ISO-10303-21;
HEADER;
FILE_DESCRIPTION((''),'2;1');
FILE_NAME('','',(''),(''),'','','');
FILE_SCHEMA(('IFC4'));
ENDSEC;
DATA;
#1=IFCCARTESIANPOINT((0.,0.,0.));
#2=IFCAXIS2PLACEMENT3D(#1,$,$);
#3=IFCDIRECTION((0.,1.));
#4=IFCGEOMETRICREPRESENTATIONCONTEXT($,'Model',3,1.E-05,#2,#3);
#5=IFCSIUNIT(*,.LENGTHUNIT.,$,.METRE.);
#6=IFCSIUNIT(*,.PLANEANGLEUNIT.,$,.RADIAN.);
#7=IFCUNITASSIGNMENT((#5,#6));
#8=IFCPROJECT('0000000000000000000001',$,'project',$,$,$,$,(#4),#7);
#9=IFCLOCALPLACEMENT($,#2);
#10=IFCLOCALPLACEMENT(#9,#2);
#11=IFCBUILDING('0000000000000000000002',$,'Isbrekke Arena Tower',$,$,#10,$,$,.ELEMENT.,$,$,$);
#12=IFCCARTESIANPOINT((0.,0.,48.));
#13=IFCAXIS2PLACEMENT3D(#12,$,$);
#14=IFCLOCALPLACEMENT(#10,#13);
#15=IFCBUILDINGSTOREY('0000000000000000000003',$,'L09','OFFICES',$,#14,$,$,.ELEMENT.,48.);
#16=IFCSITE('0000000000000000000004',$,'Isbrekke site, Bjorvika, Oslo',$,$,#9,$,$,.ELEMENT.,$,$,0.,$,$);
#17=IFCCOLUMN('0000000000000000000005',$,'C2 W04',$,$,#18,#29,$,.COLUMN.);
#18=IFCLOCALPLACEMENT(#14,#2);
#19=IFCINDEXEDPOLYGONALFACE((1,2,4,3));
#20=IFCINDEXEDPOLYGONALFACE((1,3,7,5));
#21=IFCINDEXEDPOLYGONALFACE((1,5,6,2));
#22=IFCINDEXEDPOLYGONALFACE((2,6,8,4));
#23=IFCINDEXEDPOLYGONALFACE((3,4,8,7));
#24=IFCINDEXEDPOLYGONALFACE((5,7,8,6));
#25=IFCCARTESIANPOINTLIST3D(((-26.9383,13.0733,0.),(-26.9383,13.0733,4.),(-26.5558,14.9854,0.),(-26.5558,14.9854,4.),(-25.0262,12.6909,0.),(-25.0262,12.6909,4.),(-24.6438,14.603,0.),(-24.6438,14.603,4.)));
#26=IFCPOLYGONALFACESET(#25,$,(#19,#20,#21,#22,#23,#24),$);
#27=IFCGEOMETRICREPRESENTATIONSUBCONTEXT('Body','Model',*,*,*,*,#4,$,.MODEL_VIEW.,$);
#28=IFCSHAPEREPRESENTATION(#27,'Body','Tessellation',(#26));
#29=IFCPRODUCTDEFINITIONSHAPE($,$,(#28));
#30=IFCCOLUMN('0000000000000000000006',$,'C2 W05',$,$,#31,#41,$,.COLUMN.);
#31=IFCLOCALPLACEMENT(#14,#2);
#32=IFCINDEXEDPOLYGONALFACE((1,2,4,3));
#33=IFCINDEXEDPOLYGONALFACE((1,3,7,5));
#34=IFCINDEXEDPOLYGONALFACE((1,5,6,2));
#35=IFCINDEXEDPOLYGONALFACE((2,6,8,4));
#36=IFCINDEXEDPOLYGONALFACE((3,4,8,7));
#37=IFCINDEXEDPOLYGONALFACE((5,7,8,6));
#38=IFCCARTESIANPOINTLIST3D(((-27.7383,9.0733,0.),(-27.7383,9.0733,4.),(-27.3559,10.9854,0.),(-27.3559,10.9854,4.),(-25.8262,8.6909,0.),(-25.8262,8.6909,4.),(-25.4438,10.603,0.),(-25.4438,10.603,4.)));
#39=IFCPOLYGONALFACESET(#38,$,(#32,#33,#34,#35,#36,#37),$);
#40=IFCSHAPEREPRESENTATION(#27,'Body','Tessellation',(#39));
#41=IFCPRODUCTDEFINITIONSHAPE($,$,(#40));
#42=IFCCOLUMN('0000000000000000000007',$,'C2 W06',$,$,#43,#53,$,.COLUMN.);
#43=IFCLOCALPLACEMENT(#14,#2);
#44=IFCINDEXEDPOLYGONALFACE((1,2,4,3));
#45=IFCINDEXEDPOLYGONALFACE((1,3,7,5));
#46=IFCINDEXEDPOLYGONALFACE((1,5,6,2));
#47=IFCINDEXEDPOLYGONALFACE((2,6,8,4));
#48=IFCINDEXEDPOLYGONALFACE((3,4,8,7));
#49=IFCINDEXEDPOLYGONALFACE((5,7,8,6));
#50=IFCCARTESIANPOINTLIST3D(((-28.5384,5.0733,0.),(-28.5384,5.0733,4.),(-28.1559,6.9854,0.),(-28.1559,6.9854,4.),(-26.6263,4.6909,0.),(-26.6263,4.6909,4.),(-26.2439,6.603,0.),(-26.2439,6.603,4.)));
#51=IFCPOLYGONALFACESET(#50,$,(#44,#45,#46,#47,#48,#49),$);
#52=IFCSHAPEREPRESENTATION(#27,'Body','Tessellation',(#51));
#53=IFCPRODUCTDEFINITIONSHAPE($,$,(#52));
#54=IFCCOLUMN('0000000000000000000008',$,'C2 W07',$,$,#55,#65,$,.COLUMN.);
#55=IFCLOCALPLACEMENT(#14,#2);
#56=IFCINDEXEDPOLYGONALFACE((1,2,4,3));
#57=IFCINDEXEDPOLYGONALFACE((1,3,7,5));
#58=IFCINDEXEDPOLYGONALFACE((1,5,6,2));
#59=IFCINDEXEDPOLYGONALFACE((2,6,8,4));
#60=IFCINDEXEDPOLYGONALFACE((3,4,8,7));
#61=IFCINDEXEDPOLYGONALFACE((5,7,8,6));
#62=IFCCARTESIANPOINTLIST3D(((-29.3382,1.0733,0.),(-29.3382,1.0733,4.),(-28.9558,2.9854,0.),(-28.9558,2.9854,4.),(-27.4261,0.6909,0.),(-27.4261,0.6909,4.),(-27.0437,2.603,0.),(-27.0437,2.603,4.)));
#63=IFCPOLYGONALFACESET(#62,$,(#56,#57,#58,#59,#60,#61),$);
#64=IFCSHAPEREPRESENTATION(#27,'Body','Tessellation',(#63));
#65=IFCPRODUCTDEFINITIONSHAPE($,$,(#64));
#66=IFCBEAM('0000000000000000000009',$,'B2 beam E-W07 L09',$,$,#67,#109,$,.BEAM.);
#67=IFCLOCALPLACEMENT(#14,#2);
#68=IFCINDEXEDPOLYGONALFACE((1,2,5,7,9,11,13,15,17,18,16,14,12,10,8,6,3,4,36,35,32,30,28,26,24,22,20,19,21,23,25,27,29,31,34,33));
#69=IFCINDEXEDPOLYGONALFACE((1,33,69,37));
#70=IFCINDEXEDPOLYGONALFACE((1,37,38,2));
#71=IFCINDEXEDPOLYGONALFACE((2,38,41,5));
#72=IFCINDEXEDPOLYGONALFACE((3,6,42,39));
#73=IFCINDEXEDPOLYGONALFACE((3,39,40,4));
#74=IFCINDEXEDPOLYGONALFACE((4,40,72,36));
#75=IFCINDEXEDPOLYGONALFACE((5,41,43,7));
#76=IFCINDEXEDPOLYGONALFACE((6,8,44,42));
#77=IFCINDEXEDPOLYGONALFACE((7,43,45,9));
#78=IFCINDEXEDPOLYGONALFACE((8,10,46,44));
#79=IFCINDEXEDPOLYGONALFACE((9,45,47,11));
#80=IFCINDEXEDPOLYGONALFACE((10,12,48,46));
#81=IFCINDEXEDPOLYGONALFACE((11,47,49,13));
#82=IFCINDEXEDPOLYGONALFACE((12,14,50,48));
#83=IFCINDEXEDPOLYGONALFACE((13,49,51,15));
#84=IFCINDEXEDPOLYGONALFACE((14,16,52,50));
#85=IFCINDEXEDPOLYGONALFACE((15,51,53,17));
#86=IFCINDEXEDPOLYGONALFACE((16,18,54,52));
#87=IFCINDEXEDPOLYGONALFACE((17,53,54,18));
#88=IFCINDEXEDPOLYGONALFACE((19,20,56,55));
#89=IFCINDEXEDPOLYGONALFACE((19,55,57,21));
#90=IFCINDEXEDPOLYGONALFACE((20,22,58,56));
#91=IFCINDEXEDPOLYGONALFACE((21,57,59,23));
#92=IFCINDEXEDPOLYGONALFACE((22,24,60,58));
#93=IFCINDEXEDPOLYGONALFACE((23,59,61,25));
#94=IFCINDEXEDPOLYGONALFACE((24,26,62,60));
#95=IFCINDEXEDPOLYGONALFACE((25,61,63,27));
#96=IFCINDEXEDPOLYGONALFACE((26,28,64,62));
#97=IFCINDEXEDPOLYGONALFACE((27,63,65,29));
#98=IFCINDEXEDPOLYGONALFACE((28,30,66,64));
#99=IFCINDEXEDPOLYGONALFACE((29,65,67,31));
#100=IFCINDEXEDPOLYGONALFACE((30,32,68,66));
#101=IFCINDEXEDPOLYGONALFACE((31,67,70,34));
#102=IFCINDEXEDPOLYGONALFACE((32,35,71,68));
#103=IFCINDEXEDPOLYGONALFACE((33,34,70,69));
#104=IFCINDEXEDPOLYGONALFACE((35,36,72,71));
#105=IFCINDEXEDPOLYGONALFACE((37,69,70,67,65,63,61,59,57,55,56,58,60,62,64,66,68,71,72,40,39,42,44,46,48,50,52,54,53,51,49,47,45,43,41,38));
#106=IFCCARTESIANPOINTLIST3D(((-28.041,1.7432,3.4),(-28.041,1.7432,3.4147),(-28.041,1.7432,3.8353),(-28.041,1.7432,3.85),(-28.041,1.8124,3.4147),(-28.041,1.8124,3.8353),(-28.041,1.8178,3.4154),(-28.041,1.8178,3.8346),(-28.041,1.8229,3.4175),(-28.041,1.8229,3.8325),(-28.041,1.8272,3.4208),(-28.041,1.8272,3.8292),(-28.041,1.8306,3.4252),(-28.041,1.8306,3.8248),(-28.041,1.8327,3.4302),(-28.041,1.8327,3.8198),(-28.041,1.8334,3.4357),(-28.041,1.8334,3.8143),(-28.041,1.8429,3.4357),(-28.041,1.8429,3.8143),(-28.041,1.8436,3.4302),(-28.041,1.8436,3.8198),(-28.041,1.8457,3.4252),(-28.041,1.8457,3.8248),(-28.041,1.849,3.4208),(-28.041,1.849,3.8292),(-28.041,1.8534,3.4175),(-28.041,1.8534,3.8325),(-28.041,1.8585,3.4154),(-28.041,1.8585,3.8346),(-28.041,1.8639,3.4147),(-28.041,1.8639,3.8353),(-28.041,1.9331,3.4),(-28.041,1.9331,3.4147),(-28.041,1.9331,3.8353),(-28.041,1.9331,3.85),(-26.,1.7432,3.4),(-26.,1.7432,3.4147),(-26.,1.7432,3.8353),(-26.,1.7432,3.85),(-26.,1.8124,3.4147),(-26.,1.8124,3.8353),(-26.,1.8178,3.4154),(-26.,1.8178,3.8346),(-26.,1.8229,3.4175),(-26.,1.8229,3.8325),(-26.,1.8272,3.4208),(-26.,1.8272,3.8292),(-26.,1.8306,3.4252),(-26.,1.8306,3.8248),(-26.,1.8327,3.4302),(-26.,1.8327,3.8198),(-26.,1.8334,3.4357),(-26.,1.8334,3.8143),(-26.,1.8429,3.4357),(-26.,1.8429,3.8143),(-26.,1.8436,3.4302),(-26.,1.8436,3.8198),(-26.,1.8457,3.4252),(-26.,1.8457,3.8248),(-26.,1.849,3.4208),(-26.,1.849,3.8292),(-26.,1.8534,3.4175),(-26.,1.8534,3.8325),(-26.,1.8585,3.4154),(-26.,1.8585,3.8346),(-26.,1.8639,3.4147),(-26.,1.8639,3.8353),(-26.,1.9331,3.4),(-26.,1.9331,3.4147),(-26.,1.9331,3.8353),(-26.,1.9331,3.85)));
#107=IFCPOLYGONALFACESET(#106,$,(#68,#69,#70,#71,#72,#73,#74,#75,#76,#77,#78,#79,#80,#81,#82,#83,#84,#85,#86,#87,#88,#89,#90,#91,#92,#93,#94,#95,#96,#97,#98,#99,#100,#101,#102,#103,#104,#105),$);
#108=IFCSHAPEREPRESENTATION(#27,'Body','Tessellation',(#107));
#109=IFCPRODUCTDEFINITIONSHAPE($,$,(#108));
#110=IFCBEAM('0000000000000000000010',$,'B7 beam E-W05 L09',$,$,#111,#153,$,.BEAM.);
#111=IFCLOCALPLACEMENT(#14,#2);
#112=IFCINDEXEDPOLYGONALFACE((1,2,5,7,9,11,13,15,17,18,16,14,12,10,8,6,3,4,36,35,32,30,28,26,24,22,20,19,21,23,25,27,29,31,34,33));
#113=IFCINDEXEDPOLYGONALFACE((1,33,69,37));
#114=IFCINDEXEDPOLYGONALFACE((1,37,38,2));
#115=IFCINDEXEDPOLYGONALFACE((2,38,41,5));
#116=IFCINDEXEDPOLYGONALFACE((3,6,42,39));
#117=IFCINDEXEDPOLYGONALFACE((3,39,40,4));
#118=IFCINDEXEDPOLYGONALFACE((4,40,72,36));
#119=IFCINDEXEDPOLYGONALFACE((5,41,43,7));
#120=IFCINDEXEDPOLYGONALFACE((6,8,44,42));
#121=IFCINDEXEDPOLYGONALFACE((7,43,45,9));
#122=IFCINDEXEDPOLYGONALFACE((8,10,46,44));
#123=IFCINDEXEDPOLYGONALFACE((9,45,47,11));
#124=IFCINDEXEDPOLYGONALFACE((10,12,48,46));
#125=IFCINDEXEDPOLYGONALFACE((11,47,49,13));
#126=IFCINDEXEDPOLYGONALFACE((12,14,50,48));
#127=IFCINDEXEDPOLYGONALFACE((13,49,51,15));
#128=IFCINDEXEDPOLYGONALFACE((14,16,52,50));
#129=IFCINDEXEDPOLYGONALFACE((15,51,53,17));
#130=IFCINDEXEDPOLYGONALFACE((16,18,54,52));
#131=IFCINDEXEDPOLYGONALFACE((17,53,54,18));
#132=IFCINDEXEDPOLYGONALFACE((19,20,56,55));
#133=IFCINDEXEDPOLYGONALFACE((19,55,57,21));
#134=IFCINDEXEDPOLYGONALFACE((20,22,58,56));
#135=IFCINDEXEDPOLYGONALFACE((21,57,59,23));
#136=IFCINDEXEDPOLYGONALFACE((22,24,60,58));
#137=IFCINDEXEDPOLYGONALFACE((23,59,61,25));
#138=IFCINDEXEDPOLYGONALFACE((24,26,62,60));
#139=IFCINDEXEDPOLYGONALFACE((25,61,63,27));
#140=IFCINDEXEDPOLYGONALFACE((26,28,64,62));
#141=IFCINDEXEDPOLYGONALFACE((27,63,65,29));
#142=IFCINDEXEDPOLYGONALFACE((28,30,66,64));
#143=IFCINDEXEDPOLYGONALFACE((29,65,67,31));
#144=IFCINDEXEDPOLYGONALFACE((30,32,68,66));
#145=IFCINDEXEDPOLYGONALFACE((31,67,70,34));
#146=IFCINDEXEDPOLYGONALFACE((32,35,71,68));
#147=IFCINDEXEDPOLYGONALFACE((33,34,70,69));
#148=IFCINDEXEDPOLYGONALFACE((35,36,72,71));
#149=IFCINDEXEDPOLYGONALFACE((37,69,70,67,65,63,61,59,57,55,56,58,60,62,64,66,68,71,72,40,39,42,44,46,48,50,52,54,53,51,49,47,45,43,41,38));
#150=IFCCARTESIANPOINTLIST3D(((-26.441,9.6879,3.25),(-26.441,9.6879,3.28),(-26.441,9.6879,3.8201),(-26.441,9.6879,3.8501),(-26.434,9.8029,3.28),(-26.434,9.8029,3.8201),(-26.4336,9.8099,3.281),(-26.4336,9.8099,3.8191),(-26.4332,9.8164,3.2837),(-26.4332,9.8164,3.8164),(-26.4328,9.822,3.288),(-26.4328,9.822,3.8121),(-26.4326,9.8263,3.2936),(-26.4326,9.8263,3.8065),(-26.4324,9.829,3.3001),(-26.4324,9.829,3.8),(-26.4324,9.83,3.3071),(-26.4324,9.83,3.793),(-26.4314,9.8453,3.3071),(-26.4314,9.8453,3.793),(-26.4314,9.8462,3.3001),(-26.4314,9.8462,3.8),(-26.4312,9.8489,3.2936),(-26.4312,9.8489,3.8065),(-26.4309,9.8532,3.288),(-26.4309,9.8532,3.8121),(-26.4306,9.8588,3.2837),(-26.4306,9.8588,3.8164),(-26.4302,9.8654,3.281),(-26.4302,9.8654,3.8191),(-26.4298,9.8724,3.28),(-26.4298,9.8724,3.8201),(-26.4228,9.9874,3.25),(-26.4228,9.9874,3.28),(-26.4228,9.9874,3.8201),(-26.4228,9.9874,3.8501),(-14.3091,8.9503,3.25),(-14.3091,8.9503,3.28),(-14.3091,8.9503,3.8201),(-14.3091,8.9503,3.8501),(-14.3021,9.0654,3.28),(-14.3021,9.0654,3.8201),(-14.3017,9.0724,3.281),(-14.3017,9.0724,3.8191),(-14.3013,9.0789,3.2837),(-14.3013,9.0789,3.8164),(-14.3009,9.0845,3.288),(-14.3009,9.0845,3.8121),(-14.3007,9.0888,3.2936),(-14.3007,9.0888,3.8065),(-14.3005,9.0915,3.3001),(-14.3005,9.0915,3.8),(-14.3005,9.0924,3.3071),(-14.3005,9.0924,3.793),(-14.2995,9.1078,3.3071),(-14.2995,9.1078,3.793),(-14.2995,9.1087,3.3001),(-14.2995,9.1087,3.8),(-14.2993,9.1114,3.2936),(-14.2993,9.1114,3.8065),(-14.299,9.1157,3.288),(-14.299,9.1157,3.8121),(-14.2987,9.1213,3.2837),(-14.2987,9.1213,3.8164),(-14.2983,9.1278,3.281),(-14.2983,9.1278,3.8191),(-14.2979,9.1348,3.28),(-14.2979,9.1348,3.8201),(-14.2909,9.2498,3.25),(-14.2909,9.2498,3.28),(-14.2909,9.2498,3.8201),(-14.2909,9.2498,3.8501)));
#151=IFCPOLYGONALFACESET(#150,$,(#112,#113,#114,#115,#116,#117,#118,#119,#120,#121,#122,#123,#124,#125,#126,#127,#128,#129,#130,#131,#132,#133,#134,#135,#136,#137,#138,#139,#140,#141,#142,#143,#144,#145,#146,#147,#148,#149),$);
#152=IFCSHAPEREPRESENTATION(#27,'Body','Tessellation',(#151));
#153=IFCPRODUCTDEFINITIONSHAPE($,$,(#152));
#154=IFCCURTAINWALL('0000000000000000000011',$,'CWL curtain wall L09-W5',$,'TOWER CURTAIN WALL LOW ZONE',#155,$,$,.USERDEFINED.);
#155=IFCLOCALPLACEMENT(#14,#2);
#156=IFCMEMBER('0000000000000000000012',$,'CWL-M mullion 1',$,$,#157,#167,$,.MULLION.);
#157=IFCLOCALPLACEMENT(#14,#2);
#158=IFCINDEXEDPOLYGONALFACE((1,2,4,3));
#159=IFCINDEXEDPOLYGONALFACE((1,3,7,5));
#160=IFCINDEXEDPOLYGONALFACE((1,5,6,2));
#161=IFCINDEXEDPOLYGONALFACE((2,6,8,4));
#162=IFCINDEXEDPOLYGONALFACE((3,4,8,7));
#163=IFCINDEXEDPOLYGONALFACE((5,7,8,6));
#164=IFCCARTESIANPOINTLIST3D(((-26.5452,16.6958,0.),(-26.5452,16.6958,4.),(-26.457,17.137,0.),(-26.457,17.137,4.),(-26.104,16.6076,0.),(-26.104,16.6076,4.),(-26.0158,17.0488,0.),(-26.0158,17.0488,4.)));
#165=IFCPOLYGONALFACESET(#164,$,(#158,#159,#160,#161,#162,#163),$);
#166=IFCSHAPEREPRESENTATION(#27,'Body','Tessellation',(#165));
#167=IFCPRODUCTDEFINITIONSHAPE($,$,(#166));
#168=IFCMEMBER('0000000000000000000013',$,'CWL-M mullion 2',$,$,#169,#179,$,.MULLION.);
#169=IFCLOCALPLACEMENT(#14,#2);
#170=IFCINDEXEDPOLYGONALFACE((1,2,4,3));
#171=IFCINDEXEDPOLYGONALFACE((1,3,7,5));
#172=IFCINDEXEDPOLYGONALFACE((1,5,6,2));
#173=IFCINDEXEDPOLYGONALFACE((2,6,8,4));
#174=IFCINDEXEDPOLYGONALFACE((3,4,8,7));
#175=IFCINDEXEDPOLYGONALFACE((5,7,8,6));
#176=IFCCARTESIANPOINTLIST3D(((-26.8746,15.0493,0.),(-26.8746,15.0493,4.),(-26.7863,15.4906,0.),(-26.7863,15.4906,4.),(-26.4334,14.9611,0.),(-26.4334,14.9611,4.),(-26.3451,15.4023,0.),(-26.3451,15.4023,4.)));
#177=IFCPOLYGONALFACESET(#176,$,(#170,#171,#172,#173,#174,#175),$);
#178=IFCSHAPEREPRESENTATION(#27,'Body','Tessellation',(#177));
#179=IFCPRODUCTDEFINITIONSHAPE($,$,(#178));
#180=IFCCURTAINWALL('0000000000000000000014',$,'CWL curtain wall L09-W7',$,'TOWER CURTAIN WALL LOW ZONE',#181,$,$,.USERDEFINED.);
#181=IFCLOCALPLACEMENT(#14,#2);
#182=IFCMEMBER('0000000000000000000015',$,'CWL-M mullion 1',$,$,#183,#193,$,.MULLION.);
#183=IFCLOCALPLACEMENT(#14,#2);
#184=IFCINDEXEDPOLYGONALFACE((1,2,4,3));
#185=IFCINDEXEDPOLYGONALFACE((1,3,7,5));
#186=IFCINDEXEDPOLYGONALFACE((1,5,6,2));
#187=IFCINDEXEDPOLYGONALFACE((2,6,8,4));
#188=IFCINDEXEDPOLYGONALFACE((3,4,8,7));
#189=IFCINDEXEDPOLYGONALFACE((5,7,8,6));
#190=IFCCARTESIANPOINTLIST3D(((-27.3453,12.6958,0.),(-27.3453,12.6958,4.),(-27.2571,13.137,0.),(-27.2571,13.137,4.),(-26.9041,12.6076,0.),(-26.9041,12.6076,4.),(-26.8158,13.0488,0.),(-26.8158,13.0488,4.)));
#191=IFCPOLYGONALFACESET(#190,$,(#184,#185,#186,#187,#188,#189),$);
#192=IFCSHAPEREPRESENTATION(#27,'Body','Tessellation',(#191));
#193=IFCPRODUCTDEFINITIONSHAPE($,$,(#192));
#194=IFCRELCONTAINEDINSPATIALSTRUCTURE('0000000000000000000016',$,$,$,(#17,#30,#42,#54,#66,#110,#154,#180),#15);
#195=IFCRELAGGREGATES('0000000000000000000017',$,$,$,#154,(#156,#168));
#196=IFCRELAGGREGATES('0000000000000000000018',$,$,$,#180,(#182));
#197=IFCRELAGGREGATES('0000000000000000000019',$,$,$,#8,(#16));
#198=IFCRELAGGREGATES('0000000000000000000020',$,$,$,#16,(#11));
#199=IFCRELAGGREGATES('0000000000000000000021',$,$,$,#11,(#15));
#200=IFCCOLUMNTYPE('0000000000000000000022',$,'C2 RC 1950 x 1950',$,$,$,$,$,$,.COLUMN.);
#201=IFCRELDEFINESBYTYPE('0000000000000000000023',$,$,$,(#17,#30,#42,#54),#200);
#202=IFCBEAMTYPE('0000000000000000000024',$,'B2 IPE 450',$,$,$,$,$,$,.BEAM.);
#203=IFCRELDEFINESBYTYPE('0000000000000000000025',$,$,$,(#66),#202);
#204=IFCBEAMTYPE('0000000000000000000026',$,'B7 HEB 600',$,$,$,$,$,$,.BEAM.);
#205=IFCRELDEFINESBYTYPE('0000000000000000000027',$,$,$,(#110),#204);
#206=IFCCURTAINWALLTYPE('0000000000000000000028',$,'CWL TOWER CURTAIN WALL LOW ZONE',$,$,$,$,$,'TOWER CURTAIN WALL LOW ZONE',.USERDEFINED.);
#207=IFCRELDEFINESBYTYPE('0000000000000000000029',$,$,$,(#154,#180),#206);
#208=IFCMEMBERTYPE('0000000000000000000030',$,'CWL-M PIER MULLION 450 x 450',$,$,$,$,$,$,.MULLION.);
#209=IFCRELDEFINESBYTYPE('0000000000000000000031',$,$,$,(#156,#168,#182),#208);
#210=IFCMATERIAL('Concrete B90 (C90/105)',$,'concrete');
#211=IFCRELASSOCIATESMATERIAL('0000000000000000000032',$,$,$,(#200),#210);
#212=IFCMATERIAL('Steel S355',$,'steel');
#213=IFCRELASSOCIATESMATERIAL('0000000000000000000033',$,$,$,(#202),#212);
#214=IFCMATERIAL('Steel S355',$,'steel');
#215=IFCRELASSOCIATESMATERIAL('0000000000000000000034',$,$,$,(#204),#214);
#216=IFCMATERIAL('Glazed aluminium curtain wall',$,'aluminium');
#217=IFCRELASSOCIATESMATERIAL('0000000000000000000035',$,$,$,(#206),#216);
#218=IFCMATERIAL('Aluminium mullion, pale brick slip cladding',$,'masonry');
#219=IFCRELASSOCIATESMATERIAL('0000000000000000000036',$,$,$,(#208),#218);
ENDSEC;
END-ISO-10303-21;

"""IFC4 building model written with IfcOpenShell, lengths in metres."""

from ifc_helpers import new_model, si_unit, direction, frame, origin, origin_2d, place, context, subcontext, project, spatial, rectangle, i_section, extrude, material, material_profile, profile_set, type_object, element, aggregate, save


model = new_model("IFC4")

# Units and contexts
model_context = context("Model", 3, precision=1e-05, world=origin(), true_north=direction((0.0, 1.0)))
body_context = subcontext(model_context, "Body", "Model", "MODEL_VIEW")
ifc_project = project(units=[si_unit("LENGTHUNIT", "METRE"), si_unit("PLANEANGLEUNIT", "RADIAN")], contexts=[model_context])

# Site, building, storey
site_placement = place(None, origin())
site = spatial("IfcSite", under=ifc_project, at=site_placement, Name="Isbrekke site, Bjorvika, Oslo", CompositionType="ELEMENT", RefElevation=0.0)
building_placement = place(site_placement, origin())
building = spatial("IfcBuilding", under=site, at=building_placement, Name="Isbrekke Arena Tower", CompositionType="ELEMENT")
storey_placement = place(building_placement, frame((0.0, 0.0, 48.0)))
storey = spatial("IfcBuildingStorey", under=building, at=storey_placement, Name="L09", Description="OFFICES", CompositionType="ELEMENT", Elevation=48.0)

# Columns
ifc_material_1 = material(Name="Concrete B90 (C90/105)", Category="concrete")
ifc_material_profile_1 = material_profile(ifc_material_1, rectangle(XDim=1.95, YDim=1.95, at=origin_2d()), Name="RC 1950x1950")
ifc_profile_set_1 = profile_set([ifc_material_profile_1], Name="Concrete B90 (C90/105)")
column_type = type_object("IfcColumnType", Name="C2 RC 1950 x 1950", PredefinedType="COLUMN", material=ifc_profile_set_1)
for number, where, z_axis, x_axis, name in (
    (1, (-25.791, 13.8381, 0.0), (0.0, 0.0, 1.0), (-0.196116, -0.980581, 0.0), "C2 W04"),
    (2, (-26.5911, 9.8381, 0.0), (0.0, 0.0, 1.0), (-0.196116, -0.980581, 0.0), "C2 W05"),
    (3, (-27.3911, 5.8381, 0.0), (0.0, 0.0, 1.0), (-0.196116, -0.980581, 0.0), "C2 W06"),
    (4, (-28.1909, 1.8381, 0.0), (0.0, 0.0, 1.0), (-0.196116, -0.980581, 0.0), "C2 W07"),
):
    element("IfcColumn", number, at=place(storey_placement, frame(where, z_axis=z_axis, x_axis=x_axis)), inside=storey, type_object=column_type, Name=name, PredefinedType="COLUMN", context=body_context, shape_type="SweptSolid", body=[
        extrude(rectangle(XDim=1.95, YDim=1.95, at=origin_2d()), origin(), (0.0, 0.0, 1.0), 4.0),
    ])

# Beams
ifc_material_2 = material(Name="Steel S355", Category="steel")
ifc_material_profile_2 = material_profile(ifc_material_2, i_section(OverallWidth=0.1899, OverallDepth=0.45, WebThickness=0.0095, FlangeThickness=0.0146, FilletRadius=0.021, at=origin_2d()), Name="IPE 450")
ifc_profile_set_2 = profile_set([ifc_material_profile_2], Name="Steel S355")
beam_type_1 = type_object("IfcBeamType", Name="B2 IPE 450", PredefinedType="BEAM", material=ifc_profile_set_2)
beam_1_placement = place(storey_placement, frame((-28.041, 1.8381, 3.625), z_axis=(1.0, 0.0, 0.0), x_axis=(0.0, 1.0, 0.0)))
element("IfcBeam", 5, at=beam_1_placement, inside=storey, type_object=beam_type_1, Name="B2 beam E-W07 L09", PredefinedType="BEAM", context=body_context, shape_type="SweptSolid", body=[
    extrude(i_section(OverallWidth=0.1899, OverallDepth=0.45, WebThickness=0.0095, FlangeThickness=0.0146, FilletRadius=0.021, at=origin_2d()), origin(), (0.0, 0.0, 1.0), 2.041),
])
ifc_material_3 = material(Name="Steel S355", Category="steel")
ifc_material_profile_3 = material_profile(ifc_material_3, i_section(OverallWidth=0.3, OverallDepth=0.6001, WebThickness=0.0154, FlangeThickness=0.03, FilletRadius=0.0271, at=origin_2d()), Name="HEB 600")
ifc_profile_set_3 = profile_set([ifc_material_profile_3], Name="Steel S355")
beam_type_2 = type_object("IfcBeamType", Name="B7 HEB 600", PredefinedType="BEAM", material=ifc_profile_set_3)
beam_2_placement = place(storey_placement, frame((-26.4319, 9.8376, 3.55), z_axis=(0.998157, -0.060682, 0.0), x_axis=(0.060682, 0.998157, 0.0)))
element("IfcBeam", 6, at=beam_2_placement, inside=storey, type_object=beam_type_2, Name="B7 beam E-W05 L09", PredefinedType="BEAM", context=body_context, shape_type="SweptSolid", body=[
    extrude(i_section(OverallWidth=0.3, OverallDepth=0.6001, WebThickness=0.0154, FlangeThickness=0.03, FilletRadius=0.0271, at=origin_2d()), origin(), (0.0, 0.0, 1.0), 12.1543),
])

# Curtain walls, members
ifc_material_4 = material(Name="Glazed aluminium curtain wall", Category="aluminium")
curtain_wall_type = type_object("IfcCurtainWallType", Name="CWL TOWER CURTAIN WALL LOW ZONE", ElementType="TOWER CURTAIN WALL LOW ZONE", PredefinedType="USERDEFINED", material=ifc_material_4)
curtain_wall_1_placement = place(storey_placement, origin())
curtain_wall_1 = element("IfcCurtainWall", 7, at=curtain_wall_1_placement, inside=storey, type_object=curtain_wall_type, Name="CWL curtain wall L09-W5", ObjectType="TOWER CURTAIN WALL LOW ZONE", PredefinedType="USERDEFINED")
ifc_material_5 = material(Name="Aluminium mullion, pale brick slip cladding", Category="masonry")
ifc_material_profile_4 = material_profile(ifc_material_5, rectangle(XDim=0.45, YDim=0.45, at=origin_2d()), Name="PIER 450X450")
ifc_profile_set_4 = profile_set([ifc_material_profile_4], Name="Aluminium mullion, pale brick slip cladding")
member_type_1 = type_object("IfcMemberType", Name="CWL-M PIER MULLION 450 x 450", PredefinedType="MULLION", material=ifc_profile_set_4)
member_1_placement = place(storey_placement, frame((-26.2805, 16.8723, 0.0), z_axis=(0.0, 0.0, 1.0), x_axis=(-0.196116, -0.980581, 0.0)))
member_1 = element("IfcMember", 8, at=member_1_placement, type_object=member_type_1, Name="CWL-M mullion 1", PredefinedType="MULLION", context=body_context, shape_type="SweptSolid", body=[
    extrude(rectangle(XDim=0.45, YDim=0.45, at=origin_2d()), origin(), (0.0, 0.0, 1.0), 4.0),
])
member_2_placement = place(storey_placement, frame((-26.6099, 15.2258, 0.0), z_axis=(0.0, 0.0, 1.0), x_axis=(-0.196116, -0.980581, 0.0)))
member_2 = element("IfcMember", 9, at=member_2_placement, type_object=member_type_1, Name="CWL-M mullion 2", PredefinedType="MULLION", context=body_context, shape_type="SweptSolid", body=[
    extrude(rectangle(XDim=0.45, YDim=0.45, at=origin_2d()), origin(), (0.0, 0.0, 1.0), 4.0),
])
curtain_wall_2_placement = place(storey_placement, origin())
curtain_wall_2 = element("IfcCurtainWall", 10, at=curtain_wall_2_placement, inside=storey, type_object=curtain_wall_type, Name="CWL curtain wall L09-W7", ObjectType="TOWER CURTAIN WALL LOW ZONE", PredefinedType="USERDEFINED")
member_3_placement = place(storey_placement, frame((-27.0806, 12.8723, 0.0), z_axis=(0.0, 0.0, 1.0), x_axis=(-0.196116, -0.980581, 0.0)))
member_3 = element("IfcMember", 11, at=member_3_placement, type_object=member_type_1, Name="CWL-M mullion 1", PredefinedType="MULLION", context=body_context, shape_type="SweptSolid", body=[
    extrude(rectangle(XDim=0.45, YDim=0.45, at=origin_2d()), origin(), (0.0, 0.0, 1.0), 4.0),
])

aggregate(curtain_wall_1, [member_1, member_2])
aggregate(curtain_wall_2, [member_3])

save(model, "model.ifc")
